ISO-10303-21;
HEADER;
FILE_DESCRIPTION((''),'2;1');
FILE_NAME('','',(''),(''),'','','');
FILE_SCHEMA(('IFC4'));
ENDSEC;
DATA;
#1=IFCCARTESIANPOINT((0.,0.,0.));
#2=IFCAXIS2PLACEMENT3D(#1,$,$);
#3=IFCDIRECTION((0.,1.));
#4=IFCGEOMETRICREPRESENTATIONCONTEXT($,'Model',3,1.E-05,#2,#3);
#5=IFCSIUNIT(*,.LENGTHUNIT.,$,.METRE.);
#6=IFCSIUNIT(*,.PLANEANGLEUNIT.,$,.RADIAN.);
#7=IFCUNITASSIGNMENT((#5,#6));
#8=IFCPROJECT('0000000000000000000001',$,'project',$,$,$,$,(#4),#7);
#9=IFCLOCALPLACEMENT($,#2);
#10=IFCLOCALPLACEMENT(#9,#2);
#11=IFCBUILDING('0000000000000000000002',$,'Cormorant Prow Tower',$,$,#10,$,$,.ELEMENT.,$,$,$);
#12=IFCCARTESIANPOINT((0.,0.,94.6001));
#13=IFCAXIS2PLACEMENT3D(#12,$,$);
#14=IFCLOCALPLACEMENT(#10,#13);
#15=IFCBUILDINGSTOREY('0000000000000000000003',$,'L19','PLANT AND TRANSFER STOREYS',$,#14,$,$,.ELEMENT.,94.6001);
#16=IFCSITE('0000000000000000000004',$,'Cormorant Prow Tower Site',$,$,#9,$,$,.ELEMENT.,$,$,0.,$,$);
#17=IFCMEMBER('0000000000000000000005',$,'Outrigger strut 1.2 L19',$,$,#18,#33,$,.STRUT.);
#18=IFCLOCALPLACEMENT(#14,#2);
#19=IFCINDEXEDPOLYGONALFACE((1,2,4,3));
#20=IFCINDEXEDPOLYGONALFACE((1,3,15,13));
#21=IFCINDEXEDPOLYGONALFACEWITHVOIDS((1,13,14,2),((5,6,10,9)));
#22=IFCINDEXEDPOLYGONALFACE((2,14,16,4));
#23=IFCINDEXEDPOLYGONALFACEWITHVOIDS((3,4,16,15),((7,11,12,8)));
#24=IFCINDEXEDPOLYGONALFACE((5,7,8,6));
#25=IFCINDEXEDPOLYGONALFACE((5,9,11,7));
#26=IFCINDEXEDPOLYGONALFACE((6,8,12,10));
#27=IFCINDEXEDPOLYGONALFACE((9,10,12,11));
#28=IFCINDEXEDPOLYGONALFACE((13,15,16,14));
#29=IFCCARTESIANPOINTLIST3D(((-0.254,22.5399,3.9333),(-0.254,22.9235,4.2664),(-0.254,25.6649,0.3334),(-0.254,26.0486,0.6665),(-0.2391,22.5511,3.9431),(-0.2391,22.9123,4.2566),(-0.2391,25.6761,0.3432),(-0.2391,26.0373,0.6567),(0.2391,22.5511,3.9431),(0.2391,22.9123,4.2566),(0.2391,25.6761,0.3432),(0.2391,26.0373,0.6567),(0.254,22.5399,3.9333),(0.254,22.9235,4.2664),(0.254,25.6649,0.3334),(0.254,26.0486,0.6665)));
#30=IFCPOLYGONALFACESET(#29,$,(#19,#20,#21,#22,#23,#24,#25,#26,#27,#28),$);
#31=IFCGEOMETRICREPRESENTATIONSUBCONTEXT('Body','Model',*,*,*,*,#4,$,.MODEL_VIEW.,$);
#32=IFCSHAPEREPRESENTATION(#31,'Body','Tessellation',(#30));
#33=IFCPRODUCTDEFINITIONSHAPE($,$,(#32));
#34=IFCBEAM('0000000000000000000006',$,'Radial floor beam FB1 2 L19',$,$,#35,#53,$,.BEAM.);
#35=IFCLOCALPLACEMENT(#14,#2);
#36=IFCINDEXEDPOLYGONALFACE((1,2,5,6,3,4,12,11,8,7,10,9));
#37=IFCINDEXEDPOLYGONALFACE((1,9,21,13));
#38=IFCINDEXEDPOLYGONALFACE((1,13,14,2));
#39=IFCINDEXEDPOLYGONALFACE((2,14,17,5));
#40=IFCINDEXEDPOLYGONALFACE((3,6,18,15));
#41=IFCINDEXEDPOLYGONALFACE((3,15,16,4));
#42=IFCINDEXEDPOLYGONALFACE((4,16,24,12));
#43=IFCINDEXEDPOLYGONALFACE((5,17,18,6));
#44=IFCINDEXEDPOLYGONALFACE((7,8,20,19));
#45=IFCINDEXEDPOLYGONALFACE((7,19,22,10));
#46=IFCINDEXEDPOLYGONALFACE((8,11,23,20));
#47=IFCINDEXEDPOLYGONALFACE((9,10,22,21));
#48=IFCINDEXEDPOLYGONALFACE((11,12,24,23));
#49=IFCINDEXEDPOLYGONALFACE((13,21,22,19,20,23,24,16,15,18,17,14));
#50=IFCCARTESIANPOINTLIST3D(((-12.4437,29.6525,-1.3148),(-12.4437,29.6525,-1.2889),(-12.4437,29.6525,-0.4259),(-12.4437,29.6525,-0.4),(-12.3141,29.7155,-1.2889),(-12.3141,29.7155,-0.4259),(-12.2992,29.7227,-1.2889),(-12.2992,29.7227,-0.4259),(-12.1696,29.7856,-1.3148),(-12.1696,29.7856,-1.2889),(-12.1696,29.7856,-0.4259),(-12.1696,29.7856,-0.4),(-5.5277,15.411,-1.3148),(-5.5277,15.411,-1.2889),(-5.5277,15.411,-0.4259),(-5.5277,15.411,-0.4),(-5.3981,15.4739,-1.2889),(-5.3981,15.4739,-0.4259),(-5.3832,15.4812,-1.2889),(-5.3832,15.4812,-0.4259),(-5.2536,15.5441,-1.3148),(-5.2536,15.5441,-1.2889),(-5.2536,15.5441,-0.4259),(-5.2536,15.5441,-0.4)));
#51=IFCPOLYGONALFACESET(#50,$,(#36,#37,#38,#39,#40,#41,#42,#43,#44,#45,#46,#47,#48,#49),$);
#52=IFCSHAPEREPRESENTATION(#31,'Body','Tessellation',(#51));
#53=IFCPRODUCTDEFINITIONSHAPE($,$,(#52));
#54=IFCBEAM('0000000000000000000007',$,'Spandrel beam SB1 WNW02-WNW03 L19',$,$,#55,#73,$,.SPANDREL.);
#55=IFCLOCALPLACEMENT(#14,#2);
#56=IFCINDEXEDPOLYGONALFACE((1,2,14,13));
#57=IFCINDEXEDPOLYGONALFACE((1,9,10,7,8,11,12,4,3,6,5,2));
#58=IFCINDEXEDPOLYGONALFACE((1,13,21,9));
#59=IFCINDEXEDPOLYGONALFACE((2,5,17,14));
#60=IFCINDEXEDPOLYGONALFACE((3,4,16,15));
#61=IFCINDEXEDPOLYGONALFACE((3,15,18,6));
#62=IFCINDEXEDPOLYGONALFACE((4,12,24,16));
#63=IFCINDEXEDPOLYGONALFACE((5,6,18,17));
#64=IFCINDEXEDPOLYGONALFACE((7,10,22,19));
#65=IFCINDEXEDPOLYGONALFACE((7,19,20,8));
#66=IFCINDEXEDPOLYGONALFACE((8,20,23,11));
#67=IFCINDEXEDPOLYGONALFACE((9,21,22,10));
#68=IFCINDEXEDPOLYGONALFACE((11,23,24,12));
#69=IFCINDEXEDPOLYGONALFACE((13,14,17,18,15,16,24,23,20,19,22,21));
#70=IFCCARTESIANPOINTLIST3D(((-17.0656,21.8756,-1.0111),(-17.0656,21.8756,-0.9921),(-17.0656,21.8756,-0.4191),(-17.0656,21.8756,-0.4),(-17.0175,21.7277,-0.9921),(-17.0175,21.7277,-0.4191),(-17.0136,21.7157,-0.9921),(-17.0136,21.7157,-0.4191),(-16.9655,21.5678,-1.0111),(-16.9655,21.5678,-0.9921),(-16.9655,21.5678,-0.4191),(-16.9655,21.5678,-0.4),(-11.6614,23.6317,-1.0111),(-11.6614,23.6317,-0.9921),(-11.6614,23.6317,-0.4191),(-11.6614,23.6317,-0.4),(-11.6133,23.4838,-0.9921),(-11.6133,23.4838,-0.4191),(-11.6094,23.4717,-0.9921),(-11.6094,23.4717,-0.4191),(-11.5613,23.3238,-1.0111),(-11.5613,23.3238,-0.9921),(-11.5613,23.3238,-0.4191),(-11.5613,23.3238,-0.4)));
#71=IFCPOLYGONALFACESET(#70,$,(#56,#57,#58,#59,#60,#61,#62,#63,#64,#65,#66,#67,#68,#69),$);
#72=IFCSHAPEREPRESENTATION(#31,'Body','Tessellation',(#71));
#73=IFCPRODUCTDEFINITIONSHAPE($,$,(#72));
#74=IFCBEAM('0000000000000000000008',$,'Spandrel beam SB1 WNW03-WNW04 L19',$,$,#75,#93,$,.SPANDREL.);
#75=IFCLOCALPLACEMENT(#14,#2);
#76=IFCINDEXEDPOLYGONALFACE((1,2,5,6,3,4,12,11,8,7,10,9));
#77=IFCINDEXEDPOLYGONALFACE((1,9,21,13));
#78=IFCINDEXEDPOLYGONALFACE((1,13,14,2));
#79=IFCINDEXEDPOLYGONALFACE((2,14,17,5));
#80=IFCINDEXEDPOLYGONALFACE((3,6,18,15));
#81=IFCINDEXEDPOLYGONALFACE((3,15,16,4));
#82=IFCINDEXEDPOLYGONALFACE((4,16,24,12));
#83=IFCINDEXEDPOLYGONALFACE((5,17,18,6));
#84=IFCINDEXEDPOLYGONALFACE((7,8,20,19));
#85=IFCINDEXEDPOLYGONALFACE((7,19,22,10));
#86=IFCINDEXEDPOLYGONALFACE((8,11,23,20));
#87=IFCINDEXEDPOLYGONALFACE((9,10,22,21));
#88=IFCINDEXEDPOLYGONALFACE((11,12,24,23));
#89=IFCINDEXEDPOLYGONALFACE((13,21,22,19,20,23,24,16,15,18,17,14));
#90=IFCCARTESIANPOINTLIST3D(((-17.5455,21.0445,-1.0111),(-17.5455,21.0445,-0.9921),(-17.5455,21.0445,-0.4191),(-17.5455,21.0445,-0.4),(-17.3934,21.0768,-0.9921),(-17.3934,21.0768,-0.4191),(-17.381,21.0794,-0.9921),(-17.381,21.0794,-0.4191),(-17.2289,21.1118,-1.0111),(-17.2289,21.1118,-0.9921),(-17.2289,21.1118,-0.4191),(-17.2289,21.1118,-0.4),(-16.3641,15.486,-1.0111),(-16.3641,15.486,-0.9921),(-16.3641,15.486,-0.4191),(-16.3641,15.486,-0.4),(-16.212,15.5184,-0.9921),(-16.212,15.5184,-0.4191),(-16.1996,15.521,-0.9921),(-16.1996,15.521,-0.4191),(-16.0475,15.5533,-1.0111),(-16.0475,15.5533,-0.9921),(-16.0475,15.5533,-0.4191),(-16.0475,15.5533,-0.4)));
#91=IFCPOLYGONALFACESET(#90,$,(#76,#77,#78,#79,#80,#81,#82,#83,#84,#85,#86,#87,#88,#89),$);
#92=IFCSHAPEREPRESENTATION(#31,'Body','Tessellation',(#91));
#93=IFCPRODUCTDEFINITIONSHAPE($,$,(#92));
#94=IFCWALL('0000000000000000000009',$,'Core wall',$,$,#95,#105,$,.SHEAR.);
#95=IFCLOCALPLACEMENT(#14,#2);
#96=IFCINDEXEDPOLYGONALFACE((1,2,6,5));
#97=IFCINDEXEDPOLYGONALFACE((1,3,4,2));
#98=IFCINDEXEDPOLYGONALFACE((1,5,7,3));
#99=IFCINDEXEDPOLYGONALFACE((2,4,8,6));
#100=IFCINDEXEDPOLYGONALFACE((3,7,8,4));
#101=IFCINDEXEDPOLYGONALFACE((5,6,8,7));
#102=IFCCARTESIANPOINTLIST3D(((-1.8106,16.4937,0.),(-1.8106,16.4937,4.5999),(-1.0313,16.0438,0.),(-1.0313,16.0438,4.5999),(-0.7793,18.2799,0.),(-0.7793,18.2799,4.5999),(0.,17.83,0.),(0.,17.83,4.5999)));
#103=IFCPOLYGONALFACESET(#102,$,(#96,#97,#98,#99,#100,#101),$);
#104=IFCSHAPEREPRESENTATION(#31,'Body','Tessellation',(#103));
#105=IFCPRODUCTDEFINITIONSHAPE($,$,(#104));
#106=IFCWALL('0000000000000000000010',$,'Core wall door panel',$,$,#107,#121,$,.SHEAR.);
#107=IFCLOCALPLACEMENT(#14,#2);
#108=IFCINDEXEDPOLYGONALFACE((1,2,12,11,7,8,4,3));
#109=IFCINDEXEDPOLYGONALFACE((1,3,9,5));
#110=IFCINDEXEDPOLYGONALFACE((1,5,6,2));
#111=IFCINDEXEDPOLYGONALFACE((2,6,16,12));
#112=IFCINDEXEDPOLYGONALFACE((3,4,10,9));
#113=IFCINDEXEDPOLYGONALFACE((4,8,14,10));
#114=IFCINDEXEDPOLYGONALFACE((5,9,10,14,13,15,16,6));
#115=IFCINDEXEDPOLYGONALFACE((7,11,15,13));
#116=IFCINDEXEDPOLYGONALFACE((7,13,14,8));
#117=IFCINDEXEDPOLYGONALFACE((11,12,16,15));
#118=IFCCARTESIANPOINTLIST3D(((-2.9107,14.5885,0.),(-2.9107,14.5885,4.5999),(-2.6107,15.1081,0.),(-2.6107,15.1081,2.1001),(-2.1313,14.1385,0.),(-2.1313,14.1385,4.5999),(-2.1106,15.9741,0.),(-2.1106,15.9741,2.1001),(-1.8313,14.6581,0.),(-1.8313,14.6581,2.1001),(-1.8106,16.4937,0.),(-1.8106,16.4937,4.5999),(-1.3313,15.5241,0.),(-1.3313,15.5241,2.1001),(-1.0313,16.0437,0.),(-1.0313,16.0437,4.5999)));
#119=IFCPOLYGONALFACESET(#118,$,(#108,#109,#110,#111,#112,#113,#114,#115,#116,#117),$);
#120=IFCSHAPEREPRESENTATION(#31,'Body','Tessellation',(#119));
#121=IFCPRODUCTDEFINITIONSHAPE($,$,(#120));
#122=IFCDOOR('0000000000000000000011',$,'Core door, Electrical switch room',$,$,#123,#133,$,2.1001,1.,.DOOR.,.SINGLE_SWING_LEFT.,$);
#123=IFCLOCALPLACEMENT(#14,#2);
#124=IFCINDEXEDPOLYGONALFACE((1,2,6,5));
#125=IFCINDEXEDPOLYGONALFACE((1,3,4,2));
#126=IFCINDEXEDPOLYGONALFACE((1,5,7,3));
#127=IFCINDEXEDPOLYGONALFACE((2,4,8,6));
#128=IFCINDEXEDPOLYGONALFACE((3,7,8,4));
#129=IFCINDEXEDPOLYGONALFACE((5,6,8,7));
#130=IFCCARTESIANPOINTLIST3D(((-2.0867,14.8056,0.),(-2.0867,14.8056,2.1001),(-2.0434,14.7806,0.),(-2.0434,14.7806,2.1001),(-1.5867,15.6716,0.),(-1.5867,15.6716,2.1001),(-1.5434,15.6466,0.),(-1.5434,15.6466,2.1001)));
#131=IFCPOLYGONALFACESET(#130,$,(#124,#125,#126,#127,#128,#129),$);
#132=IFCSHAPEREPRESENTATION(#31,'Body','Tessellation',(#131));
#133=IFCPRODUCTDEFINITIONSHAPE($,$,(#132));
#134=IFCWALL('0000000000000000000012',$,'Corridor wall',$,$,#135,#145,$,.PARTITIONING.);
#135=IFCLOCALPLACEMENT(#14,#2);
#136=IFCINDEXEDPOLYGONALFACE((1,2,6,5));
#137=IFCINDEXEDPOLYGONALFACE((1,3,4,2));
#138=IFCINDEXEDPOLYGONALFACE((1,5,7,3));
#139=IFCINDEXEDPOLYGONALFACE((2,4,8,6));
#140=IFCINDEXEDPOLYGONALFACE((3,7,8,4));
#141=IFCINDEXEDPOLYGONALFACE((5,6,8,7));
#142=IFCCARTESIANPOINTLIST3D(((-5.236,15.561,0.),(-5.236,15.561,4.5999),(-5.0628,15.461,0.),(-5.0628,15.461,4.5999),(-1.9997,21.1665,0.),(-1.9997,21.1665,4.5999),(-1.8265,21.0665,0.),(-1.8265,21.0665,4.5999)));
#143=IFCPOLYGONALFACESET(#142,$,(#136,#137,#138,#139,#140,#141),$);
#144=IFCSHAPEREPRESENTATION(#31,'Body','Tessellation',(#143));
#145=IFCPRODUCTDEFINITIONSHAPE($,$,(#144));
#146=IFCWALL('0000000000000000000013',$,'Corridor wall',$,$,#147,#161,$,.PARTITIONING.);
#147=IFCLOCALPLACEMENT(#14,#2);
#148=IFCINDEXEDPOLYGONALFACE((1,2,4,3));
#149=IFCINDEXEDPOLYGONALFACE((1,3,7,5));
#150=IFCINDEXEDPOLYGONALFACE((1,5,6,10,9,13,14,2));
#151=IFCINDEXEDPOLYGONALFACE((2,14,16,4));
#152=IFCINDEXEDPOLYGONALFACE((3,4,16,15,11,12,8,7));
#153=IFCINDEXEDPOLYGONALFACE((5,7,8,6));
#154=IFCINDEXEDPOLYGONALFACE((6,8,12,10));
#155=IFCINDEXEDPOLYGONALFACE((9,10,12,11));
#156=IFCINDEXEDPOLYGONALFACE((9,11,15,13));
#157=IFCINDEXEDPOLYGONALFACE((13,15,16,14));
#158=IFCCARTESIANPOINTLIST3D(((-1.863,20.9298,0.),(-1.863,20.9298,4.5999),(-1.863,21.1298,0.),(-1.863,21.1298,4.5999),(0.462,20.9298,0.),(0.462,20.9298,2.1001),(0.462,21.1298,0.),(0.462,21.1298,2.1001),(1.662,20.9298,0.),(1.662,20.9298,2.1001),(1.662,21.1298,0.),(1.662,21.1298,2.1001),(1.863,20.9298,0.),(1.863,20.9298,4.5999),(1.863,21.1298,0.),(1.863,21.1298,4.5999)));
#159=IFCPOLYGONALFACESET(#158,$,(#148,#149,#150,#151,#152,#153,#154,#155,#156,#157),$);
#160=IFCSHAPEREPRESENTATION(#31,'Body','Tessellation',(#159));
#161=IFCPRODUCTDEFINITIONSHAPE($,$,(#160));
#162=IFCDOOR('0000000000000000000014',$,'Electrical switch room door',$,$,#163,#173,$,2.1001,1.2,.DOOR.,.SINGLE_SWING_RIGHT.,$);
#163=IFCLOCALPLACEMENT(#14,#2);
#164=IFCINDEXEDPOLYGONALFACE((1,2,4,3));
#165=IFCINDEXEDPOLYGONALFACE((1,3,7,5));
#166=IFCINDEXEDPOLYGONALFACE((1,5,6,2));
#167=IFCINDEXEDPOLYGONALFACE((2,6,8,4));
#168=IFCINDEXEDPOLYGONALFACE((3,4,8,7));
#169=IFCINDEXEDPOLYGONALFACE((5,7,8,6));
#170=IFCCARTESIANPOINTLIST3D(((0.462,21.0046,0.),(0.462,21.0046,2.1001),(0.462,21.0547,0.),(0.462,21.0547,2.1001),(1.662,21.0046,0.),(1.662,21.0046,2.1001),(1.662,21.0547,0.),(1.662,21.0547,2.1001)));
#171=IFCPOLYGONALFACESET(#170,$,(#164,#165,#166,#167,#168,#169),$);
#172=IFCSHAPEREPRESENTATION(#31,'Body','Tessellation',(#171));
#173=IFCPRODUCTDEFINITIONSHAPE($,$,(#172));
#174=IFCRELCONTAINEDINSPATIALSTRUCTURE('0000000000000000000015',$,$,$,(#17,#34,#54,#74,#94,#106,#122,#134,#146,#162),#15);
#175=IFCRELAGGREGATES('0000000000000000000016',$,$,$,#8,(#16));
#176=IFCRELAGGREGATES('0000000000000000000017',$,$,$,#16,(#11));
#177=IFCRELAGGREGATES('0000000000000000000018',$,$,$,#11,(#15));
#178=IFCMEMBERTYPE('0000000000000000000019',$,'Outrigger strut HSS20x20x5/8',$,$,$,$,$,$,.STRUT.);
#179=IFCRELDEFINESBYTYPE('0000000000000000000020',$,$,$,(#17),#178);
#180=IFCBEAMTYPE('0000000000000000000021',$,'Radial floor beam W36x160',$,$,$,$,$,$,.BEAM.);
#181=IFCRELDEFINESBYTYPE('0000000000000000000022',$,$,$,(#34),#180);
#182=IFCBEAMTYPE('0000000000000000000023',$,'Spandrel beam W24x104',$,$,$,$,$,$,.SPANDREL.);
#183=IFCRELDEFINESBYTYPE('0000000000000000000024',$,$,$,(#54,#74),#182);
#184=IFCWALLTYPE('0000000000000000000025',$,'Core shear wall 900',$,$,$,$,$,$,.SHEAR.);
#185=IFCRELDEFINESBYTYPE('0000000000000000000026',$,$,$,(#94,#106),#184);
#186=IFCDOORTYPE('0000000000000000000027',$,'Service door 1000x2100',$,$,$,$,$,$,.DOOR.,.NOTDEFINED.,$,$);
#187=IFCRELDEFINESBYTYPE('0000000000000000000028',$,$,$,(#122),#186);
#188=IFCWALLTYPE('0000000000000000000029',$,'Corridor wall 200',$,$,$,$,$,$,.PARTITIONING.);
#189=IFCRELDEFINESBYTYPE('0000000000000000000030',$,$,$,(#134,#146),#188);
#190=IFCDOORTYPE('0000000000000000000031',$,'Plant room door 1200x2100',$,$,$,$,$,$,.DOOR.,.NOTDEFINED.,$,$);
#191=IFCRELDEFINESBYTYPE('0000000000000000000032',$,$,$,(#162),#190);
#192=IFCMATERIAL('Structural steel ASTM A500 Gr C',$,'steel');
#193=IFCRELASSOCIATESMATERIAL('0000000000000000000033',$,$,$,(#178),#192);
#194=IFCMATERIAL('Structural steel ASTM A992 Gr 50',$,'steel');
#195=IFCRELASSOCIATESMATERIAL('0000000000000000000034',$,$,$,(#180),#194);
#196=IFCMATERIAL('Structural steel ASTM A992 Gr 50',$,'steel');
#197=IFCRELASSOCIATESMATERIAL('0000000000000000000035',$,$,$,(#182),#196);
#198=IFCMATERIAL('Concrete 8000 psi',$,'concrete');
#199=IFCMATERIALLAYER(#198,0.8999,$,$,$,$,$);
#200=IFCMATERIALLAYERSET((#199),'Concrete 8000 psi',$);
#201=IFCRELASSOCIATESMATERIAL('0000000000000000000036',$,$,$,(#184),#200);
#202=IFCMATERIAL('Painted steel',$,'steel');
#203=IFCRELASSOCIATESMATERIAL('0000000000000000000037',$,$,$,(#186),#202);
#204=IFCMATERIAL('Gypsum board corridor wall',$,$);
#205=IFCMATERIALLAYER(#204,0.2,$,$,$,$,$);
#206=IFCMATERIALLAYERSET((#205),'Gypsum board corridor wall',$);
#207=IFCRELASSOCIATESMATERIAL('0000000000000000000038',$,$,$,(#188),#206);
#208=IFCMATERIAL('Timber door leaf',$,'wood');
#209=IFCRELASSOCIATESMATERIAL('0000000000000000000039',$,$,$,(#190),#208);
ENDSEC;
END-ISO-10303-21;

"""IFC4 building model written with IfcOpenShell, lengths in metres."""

from ifc_helpers import new_model, si_unit, direction, frame, frame_2d, origin, origin_2d, place, context, subcontext, project, spatial, rectangle, hollow_rectangle, i_section, extrude, material, layer, layer_set, material_profile, profile_set, type_object, element, fill, save


model = new_model("IFC4")

# Units and contexts
model_context = context("Model", 3, precision=1e-05, world=origin(), true_north=direction((0.0, 1.0)))
body_context = subcontext(model_context, "Body", "Model", "MODEL_VIEW")
ifc_project = project(units=[si_unit("LENGTHUNIT", "METRE"), si_unit("PLANEANGLEUNIT", "RADIAN")], contexts=[model_context])

# Site, building, storey
site_placement = place(None, origin())
site = spatial("IfcSite", under=ifc_project, at=site_placement, Name="Cormorant Prow Tower Site", CompositionType="ELEMENT", RefElevation=0.0)
building_placement = place(site_placement, origin())
building = spatial("IfcBuilding", under=site, at=building_placement, Name="Cormorant Prow Tower", CompositionType="ELEMENT")
storey_placement = place(building_placement, frame((0.0, 0.0, 94.6001)))
storey = spatial("IfcBuildingStorey", under=building, at=storey_placement, Name="L19", Description="PLANT AND TRANSFER STOREYS", CompositionType="ELEMENT", Elevation=94.6001)

# Member
ifc_material_1 = material(Name="Structural steel ASTM A500 Gr C", Category="steel")
ifc_material_profile_1 = material_profile(ifc_material_1, hollow_rectangle(XDim=0.5081, YDim=0.5081, WallThickness=0.0149, at=origin_2d()), Name="HSS20x20x5/8")
ifc_profile_set_1 = profile_set([ifc_material_profile_1], Name="Structural steel ASTM A500 Gr C")
member_type_1 = type_object("IfcMemberType", Name="Outrigger strut HSS20x20x5/8", PredefinedType="STRUT", material=ifc_profile_set_1)
member_1_placement = place(storey_placement, frame((0.0, 22.7317, 4.0999), z_axis=(0.0, 0.655545, -0.755157), x_axis=(-1.0, 0.0, 0.0)))
element("IfcMember", 1, at=member_1_placement, inside=storey, type_object=member_type_1, Name="Outrigger strut 1.2 L19", PredefinedType="STRUT", context=body_context, shape_type="SweptSolid", body=[
    extrude(hollow_rectangle(XDim=0.5081, YDim=0.5081, WallThickness=0.0149, at=origin_2d()), origin(), (0.0, 0.0, 1.0), 4.7671),
])

# Beams
ifc_material_2 = material(Name="Structural steel ASTM A992 Gr 50", Category="steel")
ifc_material_profile_2 = material_profile(ifc_material_2, i_section(OverallWidth=0.3047, OverallDepth=0.9148, WebThickness=0.0166, FlangeThickness=0.0259, at=origin_2d()), Name="W36x160")
ifc_profile_set_2 = profile_set([ifc_material_profile_2], Name="Structural steel ASTM A992 Gr 50")
beam_type_1 = type_object("IfcBeamType", Name="Radial floor beam W36x160", PredefinedType="BEAM", material=ifc_profile_set_2)
beam_1_placement = place(storey_placement, frame((-5.3906, 15.4775, -0.8574), z_axis=(-0.436839, 0.899539, 0.0), x_axis=(-0.899539, -0.436839, 0.0)))
element("IfcBeam", 2, at=beam_1_placement, inside=storey, type_object=beam_type_1, Name="Radial floor beam FB1 2 L19", PredefinedType="BEAM", context=body_context, shape_type="SweptSolid", body=[
    extrude(i_section(OverallWidth=0.3047, OverallDepth=0.9148, WebThickness=0.0166, FlangeThickness=0.0259, at=origin_2d()), origin(), (0.0, 0.0, 1.0), 15.832),
])
ifc_material_3 = material(Name="Structural steel ASTM A992 Gr 50", Category="steel")
ifc_material_profile_3 = material_profile(ifc_material_3, i_section(OverallWidth=0.3237, OverallDepth=0.6111, WebThickness=0.0127, FlangeThickness=0.019, at=origin_2d()), Name="W24x104")
ifc_profile_set_3 = profile_set([ifc_material_profile_3], Name="Structural steel ASTM A992 Gr 50")
beam_type_2 = type_object("IfcBeamType", Name="Spandrel beam W24x104", PredefinedType="SPANDREL", material=ifc_profile_set_3)
beam_2_placement = place(storey_placement, frame((-11.6113, 23.4778, -0.7056), z_axis=(-0.951049, -0.309039, 0.0), x_axis=(0.309039, -0.951049, 0.0)))
element("IfcBeam", 3, at=beam_2_placement, inside=storey, type_object=beam_type_2, Name="Spandrel beam SB1 WNW02-WNW03 L19", PredefinedType="SPANDREL", context=body_context, shape_type="SweptSolid", body=[
    extrude(i_section(OverallWidth=0.3237, OverallDepth=0.6111, WebThickness=0.0127, FlangeThickness=0.019, at=origin_2d()), origin(), (0.0, 0.0, 1.0), 5.6824),
])
beam_3_placement = place(storey_placement, frame((-17.3872, 21.0781, -0.7056), z_axis=(0.2079, -0.97815, 0.0), x_axis=(0.97815, 0.2079, 0.0)))
element("IfcBeam", 4, at=beam_3_placement, inside=storey, type_object=beam_type_2, Name="Spandrel beam SB1 WNW03-WNW04 L19", PredefinedType="SPANDREL", context=body_context, shape_type="SweptSolid", body=[
    extrude(i_section(OverallWidth=0.3237, OverallDepth=0.6111, WebThickness=0.0127, FlangeThickness=0.019, at=origin_2d()), origin(), (0.0, 0.0, 1.0), 5.6826),
])

# Wall
ifc_material_4 = material(Name="Concrete 8000 psi", Category="concrete")
ifc_layer_1 = layer(ifc_material_4, 0.8999)
ifc_layer_set_1 = layer_set([ifc_layer_1], Name="Concrete 8000 psi")
wall_type_1 = type_object("IfcWallType", Name="Core shear wall 900", PredefinedType="SHEAR", material=ifc_layer_set_1)
wall_1_placement = place(storey_placement, frame((-0.3896, 18.0549, 0.0), z_axis=(0.0, 0.0, 1.0), x_axis=(-0.500009, -0.86602, 0.0)))
element("IfcWall", 5, at=wall_1_placement, inside=storey, type_object=wall_type_1, Name="Core wall", PredefinedType="SHEAR", context=body_context, shape_type="SweptSolid", body=[
    extrude(rectangle(XDim=2.0625, YDim=0.8999, at=frame_2d((1.0312, 0.0))), origin(), (0.0, 0.0, 1.0), 4.5999),
])

# Wall, opening, door
wall_2_placement = place(storey_placement, frame((-1.4209, 16.2688, 0.0), z_axis=(0.0, 0.0, 1.0), x_axis=(-0.50003, -0.866008, 0.0)))
wall_2 = element("IfcWall", 6, at=wall_2_placement, inside=storey, type_object=wall_type_1, Name="Core wall door panel", PredefinedType="SHEAR", context=body_context, shape_type="SweptSolid", body=[
    extrude(rectangle(XDim=2.2, YDim=0.8999, at=frame_2d((1.1001, 0.0))), origin(), (0.0, 0.0, 1.0), 4.5999),
])
opening_1_placement = place(wall_2_placement, frame((0.6001, 0.0, 0.0)))
opening_1 = element("IfcOpeningElement", 7, at=opening_1_placement, cuts=wall_2, PredefinedType="OPENING", context=body_context, shape_type="SweptSolid", body=[
    extrude(rectangle(XDim=1.0, YDim=2.1001, at=frame_2d((0.5, 1.05))), frame((0.0, 0.46, 0.0), z_axis=(0.0, -1.0, 0.0), x_axis=(1.0, 0.0, 0.0)), (0.0, 0.0, 1.0), 0.9199),
])
ifc_material_5 = material(Name="Painted steel", Category="steel")
door_type_1 = type_object("IfcDoorType", Name="Service door 1000x2100", OperationType="NOTDEFINED", PredefinedType="DOOR", material=ifc_material_5)
door_1_placement = place(opening_1_placement, origin())
door_1 = element("IfcDoor", 8, at=door_1_placement, inside=storey, type_object=door_type_1, Name="Core door, Electrical switch room", OperationType="SINGLE_SWING_LEFT", OverallHeight=2.1001, OverallWidth=1.0, PredefinedType="DOOR", context=body_context, shape_type="SweptSolid", body=[
    extrude(rectangle(XDim=1.0, YDim=2.1001, at=frame_2d((0.5, 1.05))), frame((0.0, 0.2051, 0.0), z_axis=(0.0, -1.0, 0.0), x_axis=(1.0, 0.0, 0.0)), (0.0, 0.0, 1.0), 0.05),
])
fill(opening_1, door_1)

# Wall
ifc_material_6 = material(Name="Gypsum board corridor wall")
ifc_layer_2 = layer(ifc_material_6, 0.2)
ifc_layer_set_2 = layer_set([ifc_layer_2], Name="Gypsum board corridor wall")
wall_type_2 = type_object("IfcWallType", Name="Corridor wall 200", PredefinedType="PARTITIONING", material=ifc_layer_set_2)
wall_3_placement = place(storey_placement, frame((-5.1494, 15.511, 0.0), z_axis=(0.0, 0.0, 1.0), x_axis=(0.500001, 0.866025, 0.0)))
element("IfcWall", 9, at=wall_3_placement, inside=storey, type_object=wall_type_2, Name="Corridor wall", PredefinedType="PARTITIONING", context=body_context, shape_type="SweptSolid", body=[
    extrude(rectangle(XDim=6.4727, YDim=0.2, at=frame_2d((3.2363, 0.0))), origin(), (0.0, 0.0, 1.0), 4.5999),
])

# Wall, opening, door
wall_4_placement = place(storey_placement, frame((-1.863, 21.0298, 0.0), z_axis=(0.0, 0.0, 1.0), x_axis=(1.0, 0.0, 0.0)))
wall_4 = element("IfcWall", 10, at=wall_4_placement, inside=storey, type_object=wall_type_2, Name="Corridor wall", PredefinedType="PARTITIONING", context=body_context, shape_type="SweptSolid", body=[
    extrude(rectangle(XDim=3.7261, YDim=0.2, at=frame_2d((1.863, 0.0))), origin(), (0.0, 0.0, 1.0), 4.5999),
])
opening_2_placement = place(wall_4_placement, frame((2.325, 0.0, 0.0)))
opening_2 = element("IfcOpeningElement", 11, at=opening_2_placement, cuts=wall_4, PredefinedType="OPENING", context=body_context, shape_type="SweptSolid", body=[
    extrude(rectangle(XDim=1.2, YDim=2.1001, at=frame_2d((0.6001, 1.05))), frame((0.0, 0.1099, 0.0), z_axis=(0.0, -1.0, 0.0), x_axis=(1.0, 0.0, 0.0)), (0.0, 0.0, 1.0), 0.22),
])
ifc_material_7 = material(Name="Timber door leaf", Category="wood")
door_type_2 = type_object("IfcDoorType", Name="Plant room door 1200x2100", OperationType="NOTDEFINED", PredefinedType="DOOR", material=ifc_material_7)
door_2_placement = place(opening_2_placement, origin())
door_2 = element("IfcDoor", 12, at=door_2_placement, inside=storey, type_object=door_type_2, Name="Electrical switch room door", OperationType="SINGLE_SWING_RIGHT", OverallHeight=2.1001, OverallWidth=1.2, PredefinedType="DOOR", context=body_context, shape_type="SweptSolid", body=[
    extrude(rectangle(XDim=1.2, YDim=2.1001, at=frame_2d((0.6001, 1.05))), frame((0.0, 0.0249, 0.0), z_axis=(0.0, -1.0, 0.0), x_axis=(1.0, 0.0, 0.0)), (0.0, 0.0, 1.0), 0.05),
])
fill(opening_2, door_2)

save(model, "model.ifc")
